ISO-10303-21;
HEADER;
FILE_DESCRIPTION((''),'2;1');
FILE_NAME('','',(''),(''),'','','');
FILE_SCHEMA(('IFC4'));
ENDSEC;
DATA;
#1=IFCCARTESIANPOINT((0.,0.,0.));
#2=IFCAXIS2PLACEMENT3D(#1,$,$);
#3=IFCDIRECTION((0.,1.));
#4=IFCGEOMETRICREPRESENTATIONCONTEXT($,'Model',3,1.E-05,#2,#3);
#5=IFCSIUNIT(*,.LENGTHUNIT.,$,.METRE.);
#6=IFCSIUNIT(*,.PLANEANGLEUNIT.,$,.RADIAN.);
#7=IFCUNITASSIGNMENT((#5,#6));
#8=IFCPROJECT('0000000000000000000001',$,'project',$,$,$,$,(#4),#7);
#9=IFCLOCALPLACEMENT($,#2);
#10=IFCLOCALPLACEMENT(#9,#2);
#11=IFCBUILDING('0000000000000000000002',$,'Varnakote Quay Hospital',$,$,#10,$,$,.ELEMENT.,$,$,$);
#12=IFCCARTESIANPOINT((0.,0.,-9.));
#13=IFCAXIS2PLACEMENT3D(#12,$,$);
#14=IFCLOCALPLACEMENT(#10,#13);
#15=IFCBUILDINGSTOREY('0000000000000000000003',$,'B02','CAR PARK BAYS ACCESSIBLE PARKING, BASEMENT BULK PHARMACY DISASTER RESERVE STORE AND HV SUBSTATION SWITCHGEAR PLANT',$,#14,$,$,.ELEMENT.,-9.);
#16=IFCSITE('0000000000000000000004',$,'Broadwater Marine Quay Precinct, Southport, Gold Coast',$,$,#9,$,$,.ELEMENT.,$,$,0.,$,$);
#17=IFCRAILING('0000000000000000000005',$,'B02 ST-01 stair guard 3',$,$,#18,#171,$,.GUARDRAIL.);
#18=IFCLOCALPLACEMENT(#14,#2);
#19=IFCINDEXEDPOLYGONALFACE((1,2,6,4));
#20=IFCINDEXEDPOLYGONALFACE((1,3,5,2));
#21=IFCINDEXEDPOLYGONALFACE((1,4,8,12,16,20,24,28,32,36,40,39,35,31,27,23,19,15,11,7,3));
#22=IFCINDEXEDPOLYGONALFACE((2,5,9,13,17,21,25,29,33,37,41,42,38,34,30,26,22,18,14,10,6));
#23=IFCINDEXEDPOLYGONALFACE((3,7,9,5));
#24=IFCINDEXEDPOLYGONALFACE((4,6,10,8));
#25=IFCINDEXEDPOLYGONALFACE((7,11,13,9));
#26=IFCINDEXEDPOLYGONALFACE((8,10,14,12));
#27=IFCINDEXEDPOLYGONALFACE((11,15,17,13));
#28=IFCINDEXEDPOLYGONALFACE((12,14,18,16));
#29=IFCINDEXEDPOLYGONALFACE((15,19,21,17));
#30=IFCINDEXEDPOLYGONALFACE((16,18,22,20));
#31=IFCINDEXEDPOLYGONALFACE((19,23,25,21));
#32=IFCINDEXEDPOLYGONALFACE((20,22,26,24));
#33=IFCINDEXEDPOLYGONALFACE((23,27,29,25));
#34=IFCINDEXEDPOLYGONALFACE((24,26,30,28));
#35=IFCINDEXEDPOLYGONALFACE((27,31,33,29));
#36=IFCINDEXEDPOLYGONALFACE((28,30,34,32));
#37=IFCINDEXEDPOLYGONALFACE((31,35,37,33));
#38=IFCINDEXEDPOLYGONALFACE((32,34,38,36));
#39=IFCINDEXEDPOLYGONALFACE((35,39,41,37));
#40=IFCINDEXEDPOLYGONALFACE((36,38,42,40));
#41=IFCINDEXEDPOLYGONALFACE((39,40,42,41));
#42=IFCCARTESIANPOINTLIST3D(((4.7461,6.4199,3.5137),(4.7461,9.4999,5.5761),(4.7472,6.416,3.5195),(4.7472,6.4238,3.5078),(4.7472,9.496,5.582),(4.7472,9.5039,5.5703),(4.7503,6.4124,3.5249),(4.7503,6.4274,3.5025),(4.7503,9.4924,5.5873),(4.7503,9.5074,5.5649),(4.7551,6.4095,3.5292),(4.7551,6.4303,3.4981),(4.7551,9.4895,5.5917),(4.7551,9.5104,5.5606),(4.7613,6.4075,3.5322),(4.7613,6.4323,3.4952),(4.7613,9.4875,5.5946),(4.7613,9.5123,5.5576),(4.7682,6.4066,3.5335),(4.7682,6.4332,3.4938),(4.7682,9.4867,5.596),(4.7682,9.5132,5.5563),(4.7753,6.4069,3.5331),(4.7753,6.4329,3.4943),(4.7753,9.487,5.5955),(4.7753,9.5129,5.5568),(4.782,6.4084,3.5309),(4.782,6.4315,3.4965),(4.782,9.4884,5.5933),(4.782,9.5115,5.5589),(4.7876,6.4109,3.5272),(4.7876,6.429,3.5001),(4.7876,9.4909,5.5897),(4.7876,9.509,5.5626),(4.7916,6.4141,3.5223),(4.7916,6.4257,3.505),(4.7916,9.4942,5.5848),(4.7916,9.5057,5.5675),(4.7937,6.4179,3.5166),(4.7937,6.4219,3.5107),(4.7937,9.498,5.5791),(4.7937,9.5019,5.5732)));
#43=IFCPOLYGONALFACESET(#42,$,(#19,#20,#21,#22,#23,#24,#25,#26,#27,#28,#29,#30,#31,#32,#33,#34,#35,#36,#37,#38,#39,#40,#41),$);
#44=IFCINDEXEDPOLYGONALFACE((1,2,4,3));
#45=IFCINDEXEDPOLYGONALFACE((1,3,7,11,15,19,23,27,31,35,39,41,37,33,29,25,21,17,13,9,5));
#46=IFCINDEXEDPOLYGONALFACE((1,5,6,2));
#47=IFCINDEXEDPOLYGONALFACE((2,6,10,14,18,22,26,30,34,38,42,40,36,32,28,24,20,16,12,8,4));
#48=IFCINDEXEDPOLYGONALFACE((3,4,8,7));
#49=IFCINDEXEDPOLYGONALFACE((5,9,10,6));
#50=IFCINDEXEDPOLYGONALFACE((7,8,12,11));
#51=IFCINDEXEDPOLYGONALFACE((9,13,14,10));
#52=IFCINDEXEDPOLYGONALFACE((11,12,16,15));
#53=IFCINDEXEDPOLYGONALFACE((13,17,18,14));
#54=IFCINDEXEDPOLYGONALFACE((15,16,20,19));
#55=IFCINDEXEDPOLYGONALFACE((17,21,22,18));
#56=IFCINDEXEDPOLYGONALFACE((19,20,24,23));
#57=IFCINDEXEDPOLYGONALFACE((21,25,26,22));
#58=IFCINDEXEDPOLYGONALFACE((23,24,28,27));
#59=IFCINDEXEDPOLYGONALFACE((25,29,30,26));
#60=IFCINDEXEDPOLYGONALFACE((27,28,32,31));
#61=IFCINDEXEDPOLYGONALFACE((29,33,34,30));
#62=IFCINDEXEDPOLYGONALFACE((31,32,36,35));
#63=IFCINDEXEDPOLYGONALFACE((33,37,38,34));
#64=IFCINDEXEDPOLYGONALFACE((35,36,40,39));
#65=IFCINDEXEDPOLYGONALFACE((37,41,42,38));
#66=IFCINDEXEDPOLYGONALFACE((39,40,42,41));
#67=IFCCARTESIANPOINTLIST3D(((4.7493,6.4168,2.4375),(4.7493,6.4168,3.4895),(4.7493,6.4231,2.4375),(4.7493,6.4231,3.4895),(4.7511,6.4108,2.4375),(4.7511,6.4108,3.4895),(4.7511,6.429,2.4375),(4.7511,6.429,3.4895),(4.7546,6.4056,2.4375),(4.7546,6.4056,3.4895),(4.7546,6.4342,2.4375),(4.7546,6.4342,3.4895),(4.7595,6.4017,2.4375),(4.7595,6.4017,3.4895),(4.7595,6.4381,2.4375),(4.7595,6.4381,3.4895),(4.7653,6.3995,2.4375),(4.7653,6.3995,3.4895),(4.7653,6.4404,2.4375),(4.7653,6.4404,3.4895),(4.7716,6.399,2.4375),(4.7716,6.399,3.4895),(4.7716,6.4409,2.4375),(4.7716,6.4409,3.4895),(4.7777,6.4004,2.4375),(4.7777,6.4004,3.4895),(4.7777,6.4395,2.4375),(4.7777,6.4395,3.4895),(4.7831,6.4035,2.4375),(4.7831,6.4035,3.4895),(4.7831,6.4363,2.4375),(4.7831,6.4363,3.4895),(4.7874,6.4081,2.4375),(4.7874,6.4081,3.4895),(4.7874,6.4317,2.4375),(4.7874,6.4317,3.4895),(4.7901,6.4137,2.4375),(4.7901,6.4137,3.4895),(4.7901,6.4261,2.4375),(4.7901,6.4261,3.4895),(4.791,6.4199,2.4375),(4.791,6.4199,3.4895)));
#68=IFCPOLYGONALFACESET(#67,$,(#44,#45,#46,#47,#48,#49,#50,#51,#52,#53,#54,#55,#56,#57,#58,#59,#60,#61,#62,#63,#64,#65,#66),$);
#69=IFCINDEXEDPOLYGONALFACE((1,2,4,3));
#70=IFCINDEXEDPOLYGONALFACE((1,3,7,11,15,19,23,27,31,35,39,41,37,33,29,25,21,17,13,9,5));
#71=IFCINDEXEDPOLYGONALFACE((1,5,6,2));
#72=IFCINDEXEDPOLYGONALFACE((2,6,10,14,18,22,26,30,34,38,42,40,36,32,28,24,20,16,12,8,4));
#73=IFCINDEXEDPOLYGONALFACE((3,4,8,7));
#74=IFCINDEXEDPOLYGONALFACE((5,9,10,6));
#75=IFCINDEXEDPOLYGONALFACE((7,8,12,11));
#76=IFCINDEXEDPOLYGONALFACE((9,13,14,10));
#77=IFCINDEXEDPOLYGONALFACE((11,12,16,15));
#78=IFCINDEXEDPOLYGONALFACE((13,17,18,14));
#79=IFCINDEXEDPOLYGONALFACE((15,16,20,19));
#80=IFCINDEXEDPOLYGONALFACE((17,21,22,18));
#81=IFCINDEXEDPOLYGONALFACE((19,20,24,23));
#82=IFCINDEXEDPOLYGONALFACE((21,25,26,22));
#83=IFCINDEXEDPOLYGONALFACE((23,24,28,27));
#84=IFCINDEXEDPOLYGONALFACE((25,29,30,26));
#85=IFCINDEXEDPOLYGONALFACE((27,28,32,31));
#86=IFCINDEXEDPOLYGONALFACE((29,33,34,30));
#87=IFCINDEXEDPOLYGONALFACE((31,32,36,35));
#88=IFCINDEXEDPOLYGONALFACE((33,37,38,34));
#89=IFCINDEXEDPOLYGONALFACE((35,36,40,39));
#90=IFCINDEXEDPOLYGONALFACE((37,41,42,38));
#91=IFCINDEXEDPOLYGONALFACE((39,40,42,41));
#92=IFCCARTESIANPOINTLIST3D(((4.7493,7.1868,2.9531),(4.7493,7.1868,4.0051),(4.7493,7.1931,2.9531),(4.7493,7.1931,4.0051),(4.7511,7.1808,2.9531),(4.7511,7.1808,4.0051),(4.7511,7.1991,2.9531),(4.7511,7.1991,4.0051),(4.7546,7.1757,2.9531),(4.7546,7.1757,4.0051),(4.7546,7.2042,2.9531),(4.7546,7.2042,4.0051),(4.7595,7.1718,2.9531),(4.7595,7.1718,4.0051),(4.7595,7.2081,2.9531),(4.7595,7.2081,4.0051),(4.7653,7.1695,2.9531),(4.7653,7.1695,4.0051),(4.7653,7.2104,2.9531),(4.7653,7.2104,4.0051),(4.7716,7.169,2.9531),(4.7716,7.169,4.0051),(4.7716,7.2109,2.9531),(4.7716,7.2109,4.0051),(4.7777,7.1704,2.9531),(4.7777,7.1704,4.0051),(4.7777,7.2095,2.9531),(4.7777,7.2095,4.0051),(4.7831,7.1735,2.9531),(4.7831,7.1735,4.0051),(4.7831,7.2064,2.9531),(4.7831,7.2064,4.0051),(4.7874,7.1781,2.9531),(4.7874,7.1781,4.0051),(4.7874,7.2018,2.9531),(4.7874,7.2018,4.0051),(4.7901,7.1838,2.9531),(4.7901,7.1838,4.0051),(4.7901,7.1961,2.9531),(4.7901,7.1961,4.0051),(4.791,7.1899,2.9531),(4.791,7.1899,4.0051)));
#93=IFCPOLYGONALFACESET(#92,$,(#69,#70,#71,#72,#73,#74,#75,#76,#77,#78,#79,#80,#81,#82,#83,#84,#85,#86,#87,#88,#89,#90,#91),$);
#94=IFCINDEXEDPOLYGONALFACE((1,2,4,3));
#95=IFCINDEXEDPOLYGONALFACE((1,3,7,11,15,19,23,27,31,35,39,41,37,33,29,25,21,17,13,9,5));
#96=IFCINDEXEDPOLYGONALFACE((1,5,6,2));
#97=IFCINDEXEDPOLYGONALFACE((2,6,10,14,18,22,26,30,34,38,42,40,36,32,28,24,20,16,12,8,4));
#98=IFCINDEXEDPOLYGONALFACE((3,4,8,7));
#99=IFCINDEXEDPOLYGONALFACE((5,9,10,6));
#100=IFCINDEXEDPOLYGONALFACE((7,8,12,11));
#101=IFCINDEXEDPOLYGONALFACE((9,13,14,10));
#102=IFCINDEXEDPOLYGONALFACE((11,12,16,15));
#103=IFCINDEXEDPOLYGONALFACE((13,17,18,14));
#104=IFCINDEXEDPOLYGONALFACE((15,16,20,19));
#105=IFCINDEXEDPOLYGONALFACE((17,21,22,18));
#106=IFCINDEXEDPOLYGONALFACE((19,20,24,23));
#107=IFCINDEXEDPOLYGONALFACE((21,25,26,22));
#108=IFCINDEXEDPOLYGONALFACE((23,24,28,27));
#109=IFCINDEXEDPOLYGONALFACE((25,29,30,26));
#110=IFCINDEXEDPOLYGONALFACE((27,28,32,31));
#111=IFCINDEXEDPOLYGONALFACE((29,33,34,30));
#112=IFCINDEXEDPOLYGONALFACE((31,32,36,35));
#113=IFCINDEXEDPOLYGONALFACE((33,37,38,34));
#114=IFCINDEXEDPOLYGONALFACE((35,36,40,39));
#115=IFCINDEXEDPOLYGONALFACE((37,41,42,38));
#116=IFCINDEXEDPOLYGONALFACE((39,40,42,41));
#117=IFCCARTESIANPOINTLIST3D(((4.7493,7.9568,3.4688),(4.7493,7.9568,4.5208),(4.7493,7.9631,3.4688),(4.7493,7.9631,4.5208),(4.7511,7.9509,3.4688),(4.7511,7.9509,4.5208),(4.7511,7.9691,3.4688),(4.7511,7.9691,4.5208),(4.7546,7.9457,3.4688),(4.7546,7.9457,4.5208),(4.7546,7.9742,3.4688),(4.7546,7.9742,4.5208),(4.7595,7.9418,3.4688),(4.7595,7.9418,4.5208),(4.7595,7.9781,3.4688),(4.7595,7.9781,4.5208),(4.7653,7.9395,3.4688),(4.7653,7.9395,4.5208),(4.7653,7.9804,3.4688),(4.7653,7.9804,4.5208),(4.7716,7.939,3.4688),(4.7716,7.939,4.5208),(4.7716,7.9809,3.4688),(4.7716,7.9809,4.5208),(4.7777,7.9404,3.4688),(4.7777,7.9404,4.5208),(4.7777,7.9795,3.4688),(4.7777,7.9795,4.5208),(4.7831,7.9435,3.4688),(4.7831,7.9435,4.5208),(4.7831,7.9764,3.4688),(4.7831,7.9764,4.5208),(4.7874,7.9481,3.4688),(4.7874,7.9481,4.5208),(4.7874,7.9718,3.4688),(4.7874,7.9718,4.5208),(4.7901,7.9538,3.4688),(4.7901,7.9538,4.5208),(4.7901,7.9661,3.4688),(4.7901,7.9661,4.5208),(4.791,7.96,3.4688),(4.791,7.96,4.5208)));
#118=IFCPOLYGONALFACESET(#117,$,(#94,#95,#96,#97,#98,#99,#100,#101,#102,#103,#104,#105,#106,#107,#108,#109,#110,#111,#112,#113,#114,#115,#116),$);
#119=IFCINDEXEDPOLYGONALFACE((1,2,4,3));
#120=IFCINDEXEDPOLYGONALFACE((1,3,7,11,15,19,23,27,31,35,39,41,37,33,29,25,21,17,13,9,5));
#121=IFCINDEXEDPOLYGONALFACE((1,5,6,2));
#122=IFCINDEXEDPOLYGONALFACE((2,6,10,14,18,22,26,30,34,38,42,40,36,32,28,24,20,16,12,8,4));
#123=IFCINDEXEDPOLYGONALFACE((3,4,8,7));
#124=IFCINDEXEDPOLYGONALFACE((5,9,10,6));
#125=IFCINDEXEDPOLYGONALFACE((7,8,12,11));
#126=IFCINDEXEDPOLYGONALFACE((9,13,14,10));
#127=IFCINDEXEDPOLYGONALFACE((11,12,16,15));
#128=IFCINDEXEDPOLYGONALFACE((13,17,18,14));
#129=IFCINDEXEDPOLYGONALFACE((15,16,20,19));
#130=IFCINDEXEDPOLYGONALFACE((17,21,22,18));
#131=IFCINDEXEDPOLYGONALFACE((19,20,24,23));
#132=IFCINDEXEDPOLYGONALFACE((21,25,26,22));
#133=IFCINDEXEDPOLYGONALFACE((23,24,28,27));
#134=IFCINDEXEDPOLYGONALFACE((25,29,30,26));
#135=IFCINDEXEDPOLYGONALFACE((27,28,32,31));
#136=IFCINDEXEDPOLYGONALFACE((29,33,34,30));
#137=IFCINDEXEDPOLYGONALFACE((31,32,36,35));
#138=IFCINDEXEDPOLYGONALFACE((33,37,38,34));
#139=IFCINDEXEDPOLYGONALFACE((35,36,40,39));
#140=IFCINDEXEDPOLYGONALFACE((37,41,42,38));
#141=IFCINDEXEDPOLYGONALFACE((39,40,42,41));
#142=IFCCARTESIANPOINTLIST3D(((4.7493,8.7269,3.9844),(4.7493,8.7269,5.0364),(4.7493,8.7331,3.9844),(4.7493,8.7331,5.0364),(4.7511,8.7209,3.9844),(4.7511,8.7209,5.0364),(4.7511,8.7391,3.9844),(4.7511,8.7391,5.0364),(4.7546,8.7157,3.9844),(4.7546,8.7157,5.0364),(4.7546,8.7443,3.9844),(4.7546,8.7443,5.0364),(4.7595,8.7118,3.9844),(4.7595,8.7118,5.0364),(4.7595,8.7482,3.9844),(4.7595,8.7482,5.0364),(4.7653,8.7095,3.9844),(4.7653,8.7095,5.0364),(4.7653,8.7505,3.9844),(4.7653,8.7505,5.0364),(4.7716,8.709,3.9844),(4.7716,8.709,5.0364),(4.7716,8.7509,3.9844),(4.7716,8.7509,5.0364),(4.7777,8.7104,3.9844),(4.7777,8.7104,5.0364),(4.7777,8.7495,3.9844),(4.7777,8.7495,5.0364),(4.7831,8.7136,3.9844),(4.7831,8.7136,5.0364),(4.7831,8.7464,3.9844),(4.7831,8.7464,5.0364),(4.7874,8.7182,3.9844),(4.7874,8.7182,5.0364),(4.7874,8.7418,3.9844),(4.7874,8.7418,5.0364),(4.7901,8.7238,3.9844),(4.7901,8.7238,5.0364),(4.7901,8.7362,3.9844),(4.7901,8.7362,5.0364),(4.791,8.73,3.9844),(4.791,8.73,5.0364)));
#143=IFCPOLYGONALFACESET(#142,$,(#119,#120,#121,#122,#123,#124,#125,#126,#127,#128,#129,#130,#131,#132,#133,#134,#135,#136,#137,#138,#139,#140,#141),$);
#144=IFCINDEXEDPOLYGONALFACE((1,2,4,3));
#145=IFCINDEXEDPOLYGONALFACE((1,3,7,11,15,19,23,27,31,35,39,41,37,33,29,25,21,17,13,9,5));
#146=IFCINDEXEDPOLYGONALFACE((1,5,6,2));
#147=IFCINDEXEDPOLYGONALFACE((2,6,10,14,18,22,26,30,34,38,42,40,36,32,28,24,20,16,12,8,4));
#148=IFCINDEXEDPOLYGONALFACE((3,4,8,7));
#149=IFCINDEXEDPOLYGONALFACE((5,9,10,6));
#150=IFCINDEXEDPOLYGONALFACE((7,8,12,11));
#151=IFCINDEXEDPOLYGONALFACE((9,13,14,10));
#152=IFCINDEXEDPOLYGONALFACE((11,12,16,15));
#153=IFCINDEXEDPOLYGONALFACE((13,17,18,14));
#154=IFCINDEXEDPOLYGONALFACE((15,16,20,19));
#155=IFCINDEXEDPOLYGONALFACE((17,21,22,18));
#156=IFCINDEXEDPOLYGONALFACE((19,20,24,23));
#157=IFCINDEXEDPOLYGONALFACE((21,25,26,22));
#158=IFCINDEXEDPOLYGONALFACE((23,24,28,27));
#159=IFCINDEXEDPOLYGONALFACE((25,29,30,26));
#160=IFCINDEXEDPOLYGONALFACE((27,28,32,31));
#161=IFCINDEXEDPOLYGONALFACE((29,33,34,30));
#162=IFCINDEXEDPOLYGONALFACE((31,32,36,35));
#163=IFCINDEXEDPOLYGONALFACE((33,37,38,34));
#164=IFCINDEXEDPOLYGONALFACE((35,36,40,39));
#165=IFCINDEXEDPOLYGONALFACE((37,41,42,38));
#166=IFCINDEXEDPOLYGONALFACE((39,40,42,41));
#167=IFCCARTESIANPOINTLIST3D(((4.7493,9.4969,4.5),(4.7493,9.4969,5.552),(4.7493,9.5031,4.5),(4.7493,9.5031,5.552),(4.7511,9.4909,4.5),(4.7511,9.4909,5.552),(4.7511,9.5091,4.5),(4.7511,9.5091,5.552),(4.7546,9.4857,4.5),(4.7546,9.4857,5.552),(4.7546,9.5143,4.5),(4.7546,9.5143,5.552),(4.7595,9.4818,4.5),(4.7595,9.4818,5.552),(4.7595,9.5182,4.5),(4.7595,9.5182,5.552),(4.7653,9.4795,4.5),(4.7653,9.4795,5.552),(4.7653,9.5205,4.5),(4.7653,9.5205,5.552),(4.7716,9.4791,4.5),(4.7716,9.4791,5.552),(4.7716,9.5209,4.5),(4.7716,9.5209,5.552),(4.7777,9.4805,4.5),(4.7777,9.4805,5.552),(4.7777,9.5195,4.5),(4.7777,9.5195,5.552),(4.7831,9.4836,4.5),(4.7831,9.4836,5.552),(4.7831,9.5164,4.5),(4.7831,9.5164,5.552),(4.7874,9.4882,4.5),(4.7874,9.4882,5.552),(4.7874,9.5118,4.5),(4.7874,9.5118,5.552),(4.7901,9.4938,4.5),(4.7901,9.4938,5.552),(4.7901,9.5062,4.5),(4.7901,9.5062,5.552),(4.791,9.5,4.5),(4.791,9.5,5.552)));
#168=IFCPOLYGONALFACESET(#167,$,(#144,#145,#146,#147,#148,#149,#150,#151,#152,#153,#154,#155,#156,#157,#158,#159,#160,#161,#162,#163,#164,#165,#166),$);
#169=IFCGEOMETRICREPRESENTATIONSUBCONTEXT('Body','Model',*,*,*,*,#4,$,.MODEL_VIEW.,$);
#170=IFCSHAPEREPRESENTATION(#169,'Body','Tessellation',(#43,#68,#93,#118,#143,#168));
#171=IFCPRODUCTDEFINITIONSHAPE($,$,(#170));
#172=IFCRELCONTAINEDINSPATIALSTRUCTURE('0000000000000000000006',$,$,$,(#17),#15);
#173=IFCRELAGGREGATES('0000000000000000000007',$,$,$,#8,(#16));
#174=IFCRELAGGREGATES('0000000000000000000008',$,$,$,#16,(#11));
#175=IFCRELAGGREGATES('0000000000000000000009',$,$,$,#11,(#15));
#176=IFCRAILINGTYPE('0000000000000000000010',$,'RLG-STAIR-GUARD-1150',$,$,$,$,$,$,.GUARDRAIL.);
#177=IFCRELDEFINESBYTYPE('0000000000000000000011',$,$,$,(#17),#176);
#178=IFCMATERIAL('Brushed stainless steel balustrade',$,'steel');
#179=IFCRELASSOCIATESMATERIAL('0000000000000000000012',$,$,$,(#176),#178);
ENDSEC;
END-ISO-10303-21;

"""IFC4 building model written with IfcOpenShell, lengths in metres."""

from ifc_helpers import new_model, si_unit, direction, frame, origin, origin_2d, place, context, subcontext, project, spatial, circle, extrude, material, type_object, element, save


model = new_model("IFC4")

# Units and contexts
model_context = context("Model", 3, precision=1e-05, world=origin(), true_north=direction((0.0, 1.0)))
body_context = subcontext(model_context, "Body", "Model", "MODEL_VIEW")
ifc_project = project(units=[si_unit("LENGTHUNIT", "METRE"), si_unit("PLANEANGLEUNIT", "RADIAN")], contexts=[model_context])

# Site, building, storey
site_placement = place(None, origin())
site = spatial("IfcSite", under=ifc_project, at=site_placement, Name="Broadwater Marine Quay Precinct, Southport, Gold Coast", CompositionType="ELEMENT", RefElevation=0.0)
building_placement = place(site_placement, origin())
building = spatial("IfcBuilding", under=site, at=building_placement, Name="Varnakote Quay Hospital", CompositionType="ELEMENT")
storey_placement = place(building_placement, frame((0.0, 0.0, -9.0)))
storey = spatial("IfcBuildingStorey", under=building, at=storey_placement, Name="B02", Description="CAR PARK BAYS ACCESSIBLE PARKING, BASEMENT BULK PHARMACY DISASTER RESERVE STORE AND HV SUBSTATION SWITCHGEAR PLANT", CompositionType="ELEMENT", Elevation=-9.0)

# Railing
ifc_material_1 = material(Name="Brushed stainless steel balustrade", Category="steel")
railing_type_1 = type_object("IfcRailingType", Name="RLG-STAIR-GUARD-1150", PredefinedType="GUARDRAIL", material=ifc_material_1)
railing_1_placement = place(storey_placement, frame((4.77, 6.4199, 2.4375)))
element("IfcRailing", 1, at=railing_1_placement, inside=storey, type_object=railing_type_1, Name="B02 ST-01 stair guard 3", PredefinedType="GUARDRAIL", context=body_context, shape_type="SweptSolid", body=[
    extrude(circle(Radius=0.0239, at=origin_2d()), frame((0.0, 0.0, 1.0762), z_axis=(0.0, 0.830914, 0.556401), x_axis=(-1.0, 0.0, 0.0)), (0.0, 0.0, 1.0), 3.7068),
    extrude(circle(Radius=0.021, at=origin_2d()), origin(), (0.0, 0.0, 1.0), 1.052),
    extrude(circle(Radius=0.021, at=origin_2d()), frame((0.0, 0.77, 0.5156)), (0.0, 0.0, 1.0), 1.052),
    extrude(circle(Radius=0.021, at=origin_2d()), frame((0.0, 1.54, 1.0312)), (0.0, 0.0, 1.0), 1.052),
    extrude(circle(Radius=0.021, at=origin_2d()), frame((0.0, 2.3101, 1.5469)), (0.0, 0.0, 1.0), 1.052),
    extrude(circle(Radius=0.021, at=origin_2d()), frame((0.0, 3.0801, 2.0625)), (0.0, 0.0, 1.0), 1.052),
])

save(model, "model.ifc")
